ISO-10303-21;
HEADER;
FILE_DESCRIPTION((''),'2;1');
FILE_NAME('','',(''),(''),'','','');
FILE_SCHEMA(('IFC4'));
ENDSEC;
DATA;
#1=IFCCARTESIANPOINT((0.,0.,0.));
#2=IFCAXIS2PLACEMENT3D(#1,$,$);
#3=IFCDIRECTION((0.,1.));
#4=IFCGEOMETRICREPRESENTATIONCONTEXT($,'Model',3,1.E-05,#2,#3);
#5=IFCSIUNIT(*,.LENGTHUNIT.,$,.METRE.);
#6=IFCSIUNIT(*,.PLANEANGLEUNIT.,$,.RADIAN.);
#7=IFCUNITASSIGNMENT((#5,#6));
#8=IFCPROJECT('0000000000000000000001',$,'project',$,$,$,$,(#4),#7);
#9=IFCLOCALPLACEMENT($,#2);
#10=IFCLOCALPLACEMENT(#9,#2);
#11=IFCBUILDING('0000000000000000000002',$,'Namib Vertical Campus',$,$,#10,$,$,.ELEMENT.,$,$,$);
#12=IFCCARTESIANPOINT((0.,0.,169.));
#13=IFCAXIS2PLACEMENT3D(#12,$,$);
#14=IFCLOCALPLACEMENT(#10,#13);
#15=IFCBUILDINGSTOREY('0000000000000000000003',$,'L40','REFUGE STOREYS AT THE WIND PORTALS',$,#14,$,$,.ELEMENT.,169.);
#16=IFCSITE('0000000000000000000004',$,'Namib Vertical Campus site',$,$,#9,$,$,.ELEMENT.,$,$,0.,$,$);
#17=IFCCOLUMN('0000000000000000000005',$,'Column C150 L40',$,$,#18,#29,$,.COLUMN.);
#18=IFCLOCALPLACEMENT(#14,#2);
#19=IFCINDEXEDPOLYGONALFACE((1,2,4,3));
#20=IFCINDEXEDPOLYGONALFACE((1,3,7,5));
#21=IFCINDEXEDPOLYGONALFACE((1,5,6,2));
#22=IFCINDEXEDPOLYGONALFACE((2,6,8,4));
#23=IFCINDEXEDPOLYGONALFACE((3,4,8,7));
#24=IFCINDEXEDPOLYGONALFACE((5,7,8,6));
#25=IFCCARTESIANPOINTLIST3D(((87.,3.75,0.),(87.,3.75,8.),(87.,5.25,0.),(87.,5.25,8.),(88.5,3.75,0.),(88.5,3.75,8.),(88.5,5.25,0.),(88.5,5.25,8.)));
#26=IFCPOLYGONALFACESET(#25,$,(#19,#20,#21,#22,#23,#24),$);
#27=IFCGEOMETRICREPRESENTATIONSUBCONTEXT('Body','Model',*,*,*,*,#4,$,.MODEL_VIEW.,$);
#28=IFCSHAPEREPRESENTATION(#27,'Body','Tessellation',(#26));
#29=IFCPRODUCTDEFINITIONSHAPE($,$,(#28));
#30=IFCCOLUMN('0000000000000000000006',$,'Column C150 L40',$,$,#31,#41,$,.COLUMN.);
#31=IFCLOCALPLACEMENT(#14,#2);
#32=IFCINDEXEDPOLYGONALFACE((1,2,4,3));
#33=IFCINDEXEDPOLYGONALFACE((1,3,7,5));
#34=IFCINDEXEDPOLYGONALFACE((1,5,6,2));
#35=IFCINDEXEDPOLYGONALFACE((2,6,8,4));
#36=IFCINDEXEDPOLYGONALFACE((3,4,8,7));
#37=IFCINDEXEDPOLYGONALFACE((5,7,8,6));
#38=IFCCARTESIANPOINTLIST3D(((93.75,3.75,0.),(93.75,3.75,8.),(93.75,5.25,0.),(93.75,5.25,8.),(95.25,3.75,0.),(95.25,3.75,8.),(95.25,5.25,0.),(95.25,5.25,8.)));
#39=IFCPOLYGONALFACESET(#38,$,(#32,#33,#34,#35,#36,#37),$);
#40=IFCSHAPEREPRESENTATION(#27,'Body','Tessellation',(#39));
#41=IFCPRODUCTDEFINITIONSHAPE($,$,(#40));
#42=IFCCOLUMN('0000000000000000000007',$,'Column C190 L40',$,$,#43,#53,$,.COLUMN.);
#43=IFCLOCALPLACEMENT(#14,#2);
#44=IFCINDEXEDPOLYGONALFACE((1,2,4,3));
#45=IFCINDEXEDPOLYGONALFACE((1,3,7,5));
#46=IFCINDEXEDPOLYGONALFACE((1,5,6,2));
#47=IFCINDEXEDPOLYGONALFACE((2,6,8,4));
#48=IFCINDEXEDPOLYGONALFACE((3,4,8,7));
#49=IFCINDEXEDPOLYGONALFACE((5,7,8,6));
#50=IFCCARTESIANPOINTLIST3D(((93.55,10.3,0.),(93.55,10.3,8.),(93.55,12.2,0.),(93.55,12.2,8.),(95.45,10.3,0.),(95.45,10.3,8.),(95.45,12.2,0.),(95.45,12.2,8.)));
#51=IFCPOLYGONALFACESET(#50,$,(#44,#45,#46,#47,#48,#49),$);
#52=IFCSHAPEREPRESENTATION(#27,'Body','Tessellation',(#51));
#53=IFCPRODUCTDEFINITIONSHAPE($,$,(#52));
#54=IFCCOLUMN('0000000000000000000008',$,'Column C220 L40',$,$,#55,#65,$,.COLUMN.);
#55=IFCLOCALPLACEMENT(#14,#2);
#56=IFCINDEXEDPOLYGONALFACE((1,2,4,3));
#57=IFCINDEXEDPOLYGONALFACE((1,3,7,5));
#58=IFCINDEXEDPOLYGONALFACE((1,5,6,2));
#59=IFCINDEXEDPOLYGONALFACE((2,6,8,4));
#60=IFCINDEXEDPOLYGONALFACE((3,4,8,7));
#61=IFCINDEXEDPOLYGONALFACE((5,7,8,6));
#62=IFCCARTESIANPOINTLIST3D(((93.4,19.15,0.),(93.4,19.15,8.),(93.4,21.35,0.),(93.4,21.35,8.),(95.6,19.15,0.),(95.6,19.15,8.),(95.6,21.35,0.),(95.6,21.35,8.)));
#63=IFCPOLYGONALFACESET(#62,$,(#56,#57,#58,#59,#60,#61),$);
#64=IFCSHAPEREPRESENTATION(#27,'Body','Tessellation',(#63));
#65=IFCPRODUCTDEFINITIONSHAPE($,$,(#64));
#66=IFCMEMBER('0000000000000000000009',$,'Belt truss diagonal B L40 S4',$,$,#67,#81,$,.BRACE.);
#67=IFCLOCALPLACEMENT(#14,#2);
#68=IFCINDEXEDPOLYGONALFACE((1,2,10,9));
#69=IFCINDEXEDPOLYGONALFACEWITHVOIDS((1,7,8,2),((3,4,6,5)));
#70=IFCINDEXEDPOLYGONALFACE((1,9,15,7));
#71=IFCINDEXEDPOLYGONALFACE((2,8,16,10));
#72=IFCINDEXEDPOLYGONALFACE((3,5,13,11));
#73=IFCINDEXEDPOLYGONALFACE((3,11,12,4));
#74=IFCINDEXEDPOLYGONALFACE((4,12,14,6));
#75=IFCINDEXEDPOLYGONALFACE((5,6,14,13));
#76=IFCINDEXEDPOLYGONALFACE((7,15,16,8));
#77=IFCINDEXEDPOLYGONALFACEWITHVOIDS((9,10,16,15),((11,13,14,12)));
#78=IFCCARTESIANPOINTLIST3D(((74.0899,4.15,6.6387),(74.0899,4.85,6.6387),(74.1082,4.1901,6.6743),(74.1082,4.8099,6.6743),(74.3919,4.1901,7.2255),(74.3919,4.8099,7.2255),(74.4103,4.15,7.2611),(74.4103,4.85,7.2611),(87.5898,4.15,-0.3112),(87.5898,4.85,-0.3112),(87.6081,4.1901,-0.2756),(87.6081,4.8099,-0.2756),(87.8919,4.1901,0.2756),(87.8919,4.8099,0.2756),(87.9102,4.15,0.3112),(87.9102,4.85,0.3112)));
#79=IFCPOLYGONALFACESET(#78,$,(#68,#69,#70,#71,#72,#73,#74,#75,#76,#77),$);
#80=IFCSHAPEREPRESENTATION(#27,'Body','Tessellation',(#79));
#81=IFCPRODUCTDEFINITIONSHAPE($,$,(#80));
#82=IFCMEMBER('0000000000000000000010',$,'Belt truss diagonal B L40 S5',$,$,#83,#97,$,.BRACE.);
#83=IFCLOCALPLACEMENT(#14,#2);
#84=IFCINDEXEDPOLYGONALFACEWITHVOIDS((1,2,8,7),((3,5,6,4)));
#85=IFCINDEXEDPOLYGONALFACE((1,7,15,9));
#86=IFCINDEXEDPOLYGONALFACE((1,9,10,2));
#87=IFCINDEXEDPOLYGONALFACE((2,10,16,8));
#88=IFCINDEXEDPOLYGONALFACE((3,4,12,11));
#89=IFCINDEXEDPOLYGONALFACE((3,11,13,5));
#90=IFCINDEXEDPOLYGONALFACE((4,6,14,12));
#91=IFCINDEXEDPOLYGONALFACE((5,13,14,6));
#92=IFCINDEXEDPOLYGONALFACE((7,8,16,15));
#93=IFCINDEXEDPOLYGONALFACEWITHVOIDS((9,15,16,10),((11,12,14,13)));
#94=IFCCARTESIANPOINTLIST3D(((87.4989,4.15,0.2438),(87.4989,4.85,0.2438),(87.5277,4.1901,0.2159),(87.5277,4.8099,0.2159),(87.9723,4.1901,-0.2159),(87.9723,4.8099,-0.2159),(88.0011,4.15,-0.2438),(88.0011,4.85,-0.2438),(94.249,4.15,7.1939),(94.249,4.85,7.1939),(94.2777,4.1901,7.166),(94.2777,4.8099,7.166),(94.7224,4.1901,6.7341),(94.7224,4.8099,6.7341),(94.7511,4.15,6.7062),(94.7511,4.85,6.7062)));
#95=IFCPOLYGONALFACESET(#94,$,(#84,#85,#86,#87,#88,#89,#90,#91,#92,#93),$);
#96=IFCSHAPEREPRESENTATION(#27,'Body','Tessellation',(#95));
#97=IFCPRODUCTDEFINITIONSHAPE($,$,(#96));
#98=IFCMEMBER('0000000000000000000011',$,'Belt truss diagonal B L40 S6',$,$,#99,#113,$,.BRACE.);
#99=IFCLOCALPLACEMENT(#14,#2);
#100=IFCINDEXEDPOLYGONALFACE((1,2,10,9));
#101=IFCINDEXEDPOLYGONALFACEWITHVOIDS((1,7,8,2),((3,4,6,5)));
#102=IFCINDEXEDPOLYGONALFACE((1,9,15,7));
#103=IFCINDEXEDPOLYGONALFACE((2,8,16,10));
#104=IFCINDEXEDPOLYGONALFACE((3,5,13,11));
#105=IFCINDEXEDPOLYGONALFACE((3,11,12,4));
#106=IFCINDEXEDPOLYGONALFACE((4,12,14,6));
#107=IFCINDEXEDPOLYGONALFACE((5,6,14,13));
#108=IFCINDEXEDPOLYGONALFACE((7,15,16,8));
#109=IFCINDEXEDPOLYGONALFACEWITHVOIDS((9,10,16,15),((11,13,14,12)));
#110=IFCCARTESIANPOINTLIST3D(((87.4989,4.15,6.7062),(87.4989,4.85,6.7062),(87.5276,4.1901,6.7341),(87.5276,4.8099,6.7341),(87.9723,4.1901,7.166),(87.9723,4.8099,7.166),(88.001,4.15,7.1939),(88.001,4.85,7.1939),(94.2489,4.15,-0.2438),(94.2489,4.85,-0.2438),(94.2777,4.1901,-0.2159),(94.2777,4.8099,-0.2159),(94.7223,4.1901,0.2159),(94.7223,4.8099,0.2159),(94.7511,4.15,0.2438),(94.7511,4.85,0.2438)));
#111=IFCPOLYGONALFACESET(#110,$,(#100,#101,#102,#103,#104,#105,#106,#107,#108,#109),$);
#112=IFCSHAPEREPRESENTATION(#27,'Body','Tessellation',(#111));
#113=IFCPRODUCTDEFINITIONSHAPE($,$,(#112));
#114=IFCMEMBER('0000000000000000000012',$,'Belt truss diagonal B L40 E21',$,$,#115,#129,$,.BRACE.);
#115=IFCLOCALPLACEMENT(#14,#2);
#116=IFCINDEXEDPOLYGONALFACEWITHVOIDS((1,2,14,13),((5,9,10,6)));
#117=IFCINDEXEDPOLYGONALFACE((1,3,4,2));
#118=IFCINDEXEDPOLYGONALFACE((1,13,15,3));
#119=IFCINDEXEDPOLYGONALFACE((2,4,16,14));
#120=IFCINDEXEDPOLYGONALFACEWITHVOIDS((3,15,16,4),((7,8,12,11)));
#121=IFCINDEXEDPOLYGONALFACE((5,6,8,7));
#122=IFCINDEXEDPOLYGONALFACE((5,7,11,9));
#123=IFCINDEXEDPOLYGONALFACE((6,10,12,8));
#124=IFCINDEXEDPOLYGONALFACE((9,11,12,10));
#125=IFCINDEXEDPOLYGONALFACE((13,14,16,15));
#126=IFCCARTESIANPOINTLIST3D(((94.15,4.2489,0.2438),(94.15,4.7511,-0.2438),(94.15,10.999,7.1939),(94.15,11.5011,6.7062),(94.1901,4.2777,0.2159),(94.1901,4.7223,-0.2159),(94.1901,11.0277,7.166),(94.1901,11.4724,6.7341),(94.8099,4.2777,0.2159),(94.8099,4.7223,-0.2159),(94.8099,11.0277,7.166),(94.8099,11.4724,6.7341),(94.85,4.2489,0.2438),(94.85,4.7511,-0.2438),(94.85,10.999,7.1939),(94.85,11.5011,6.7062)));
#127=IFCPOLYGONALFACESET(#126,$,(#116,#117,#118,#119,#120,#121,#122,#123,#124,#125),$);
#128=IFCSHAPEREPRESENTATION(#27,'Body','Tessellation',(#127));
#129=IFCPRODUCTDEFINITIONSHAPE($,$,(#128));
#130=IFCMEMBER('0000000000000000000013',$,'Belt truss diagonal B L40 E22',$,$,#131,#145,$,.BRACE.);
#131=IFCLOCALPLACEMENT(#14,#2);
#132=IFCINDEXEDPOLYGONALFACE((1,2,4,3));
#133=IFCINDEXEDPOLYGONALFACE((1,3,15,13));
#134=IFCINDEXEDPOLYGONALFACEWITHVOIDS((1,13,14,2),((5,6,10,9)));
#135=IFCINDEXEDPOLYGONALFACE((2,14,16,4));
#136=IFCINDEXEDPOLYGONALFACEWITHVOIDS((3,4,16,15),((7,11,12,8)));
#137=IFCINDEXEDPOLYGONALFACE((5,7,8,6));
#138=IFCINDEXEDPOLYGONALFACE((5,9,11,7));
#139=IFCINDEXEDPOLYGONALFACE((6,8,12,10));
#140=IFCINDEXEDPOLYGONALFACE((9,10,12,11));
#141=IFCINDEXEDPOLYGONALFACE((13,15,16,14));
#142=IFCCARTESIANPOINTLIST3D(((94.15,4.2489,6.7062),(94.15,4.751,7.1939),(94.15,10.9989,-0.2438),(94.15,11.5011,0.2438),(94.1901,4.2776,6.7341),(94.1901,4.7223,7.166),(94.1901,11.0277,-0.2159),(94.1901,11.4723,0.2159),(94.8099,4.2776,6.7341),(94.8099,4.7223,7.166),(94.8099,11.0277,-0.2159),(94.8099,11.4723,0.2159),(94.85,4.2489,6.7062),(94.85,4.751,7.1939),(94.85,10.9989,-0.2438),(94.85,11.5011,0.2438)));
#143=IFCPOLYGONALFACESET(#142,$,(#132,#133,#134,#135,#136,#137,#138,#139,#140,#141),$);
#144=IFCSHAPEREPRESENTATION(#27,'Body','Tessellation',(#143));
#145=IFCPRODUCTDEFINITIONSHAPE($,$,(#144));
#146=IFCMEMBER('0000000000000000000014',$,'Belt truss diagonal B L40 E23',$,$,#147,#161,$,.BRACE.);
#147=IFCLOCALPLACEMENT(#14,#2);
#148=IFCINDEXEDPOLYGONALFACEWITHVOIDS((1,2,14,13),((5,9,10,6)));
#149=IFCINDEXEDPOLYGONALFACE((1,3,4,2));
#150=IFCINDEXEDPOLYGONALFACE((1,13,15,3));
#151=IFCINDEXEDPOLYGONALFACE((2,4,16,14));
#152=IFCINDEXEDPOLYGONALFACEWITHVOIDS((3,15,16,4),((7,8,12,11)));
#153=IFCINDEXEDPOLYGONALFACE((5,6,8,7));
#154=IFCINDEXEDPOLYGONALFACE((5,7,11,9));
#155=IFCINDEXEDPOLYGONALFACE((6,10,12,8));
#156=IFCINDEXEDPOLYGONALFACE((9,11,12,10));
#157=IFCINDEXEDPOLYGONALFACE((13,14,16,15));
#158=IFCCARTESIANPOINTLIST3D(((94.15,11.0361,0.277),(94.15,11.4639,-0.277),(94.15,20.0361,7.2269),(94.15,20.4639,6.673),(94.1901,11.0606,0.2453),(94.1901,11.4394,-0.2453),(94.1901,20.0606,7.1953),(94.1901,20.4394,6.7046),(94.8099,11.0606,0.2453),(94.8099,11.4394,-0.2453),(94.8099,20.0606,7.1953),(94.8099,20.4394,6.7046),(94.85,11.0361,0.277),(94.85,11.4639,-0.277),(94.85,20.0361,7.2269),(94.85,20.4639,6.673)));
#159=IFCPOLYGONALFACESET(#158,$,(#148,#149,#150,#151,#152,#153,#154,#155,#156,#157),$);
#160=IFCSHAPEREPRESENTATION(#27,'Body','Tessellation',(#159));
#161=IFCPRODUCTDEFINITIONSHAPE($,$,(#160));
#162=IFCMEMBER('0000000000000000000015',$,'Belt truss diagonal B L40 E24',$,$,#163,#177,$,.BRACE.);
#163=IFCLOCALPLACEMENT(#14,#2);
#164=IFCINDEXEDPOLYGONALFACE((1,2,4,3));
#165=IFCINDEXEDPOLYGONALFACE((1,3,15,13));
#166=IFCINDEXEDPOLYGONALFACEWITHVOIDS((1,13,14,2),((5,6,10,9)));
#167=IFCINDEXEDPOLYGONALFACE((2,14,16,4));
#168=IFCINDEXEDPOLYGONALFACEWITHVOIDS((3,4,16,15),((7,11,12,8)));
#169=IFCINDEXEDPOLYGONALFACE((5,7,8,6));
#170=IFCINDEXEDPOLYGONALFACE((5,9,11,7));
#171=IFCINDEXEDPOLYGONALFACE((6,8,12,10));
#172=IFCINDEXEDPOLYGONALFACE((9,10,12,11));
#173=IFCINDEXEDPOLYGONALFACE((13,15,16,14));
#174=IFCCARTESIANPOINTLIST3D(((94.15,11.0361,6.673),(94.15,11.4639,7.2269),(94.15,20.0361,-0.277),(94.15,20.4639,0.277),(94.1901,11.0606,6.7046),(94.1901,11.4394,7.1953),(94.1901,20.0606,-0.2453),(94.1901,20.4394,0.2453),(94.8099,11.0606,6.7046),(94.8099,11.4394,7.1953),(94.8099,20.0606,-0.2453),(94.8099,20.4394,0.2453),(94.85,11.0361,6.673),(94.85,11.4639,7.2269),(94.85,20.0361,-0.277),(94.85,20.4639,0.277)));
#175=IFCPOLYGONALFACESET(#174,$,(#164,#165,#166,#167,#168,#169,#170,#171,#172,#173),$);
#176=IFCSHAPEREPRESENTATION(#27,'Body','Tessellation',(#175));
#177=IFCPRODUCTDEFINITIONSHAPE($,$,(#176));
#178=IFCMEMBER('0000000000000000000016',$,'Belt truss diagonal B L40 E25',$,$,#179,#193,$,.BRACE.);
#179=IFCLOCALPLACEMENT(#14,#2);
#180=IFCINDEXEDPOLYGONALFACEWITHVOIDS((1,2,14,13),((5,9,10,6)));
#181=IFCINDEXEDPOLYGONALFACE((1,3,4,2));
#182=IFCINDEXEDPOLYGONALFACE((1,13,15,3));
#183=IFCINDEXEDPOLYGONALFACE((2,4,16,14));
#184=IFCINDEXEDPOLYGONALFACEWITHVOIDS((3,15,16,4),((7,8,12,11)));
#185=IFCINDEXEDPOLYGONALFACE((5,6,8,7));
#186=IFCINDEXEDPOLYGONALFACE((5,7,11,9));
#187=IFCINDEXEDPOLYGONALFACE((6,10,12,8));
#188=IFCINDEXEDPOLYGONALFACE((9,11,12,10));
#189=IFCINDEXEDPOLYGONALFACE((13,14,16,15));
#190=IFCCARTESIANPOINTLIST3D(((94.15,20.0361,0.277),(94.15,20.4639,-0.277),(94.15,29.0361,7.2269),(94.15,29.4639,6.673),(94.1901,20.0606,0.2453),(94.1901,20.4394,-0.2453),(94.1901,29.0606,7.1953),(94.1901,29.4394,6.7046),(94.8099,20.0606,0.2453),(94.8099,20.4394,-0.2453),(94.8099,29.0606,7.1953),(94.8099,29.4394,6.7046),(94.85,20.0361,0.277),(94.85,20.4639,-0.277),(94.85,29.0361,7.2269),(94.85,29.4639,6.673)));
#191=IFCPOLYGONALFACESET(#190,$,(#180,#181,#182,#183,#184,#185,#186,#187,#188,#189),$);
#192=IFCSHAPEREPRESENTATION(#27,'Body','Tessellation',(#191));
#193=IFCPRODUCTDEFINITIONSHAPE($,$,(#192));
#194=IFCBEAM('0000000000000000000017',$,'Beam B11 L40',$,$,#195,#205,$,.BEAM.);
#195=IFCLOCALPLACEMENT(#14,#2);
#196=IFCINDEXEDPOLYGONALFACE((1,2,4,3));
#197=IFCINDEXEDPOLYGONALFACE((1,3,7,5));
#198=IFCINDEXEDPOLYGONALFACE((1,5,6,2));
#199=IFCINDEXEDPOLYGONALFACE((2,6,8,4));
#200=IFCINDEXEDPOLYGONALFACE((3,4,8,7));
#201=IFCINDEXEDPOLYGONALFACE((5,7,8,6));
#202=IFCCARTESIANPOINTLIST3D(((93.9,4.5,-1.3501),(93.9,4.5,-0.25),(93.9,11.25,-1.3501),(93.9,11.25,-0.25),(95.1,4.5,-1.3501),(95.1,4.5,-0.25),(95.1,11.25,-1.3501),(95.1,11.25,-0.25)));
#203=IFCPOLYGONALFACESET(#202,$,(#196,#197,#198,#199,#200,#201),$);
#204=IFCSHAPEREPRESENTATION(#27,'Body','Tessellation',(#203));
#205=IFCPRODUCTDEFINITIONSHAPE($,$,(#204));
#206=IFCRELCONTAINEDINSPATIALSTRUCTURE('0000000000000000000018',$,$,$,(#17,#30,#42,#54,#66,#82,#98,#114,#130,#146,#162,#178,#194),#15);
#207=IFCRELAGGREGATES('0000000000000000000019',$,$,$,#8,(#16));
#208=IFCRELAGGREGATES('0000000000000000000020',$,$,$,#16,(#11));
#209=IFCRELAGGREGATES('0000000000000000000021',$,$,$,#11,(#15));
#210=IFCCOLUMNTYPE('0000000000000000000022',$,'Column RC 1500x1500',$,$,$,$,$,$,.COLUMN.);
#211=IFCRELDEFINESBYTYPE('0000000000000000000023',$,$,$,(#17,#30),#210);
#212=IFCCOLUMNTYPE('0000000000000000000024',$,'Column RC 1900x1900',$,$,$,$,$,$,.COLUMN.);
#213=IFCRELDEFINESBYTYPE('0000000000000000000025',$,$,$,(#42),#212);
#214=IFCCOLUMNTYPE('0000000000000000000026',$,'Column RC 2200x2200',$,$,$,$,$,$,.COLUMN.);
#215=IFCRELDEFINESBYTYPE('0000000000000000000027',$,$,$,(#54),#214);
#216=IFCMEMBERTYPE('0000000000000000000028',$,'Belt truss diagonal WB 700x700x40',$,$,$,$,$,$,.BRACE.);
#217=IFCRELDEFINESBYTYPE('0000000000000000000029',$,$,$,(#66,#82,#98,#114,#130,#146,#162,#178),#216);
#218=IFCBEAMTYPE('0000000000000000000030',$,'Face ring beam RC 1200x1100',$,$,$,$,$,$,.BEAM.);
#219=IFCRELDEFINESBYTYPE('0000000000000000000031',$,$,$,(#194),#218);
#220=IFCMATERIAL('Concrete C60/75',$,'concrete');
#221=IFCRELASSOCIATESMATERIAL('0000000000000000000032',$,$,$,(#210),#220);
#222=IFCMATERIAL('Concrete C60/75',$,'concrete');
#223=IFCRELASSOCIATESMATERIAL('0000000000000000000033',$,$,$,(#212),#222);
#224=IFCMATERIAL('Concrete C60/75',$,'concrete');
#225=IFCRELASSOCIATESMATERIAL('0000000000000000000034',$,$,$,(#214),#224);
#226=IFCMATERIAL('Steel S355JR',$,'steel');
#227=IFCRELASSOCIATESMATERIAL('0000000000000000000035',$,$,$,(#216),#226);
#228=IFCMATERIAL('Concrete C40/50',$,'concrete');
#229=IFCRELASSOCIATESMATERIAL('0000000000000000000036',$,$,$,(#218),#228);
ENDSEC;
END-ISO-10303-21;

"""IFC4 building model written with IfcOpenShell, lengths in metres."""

from ifc_helpers import new_model, si_unit, direction, frame, origin, origin_2d, place, context, subcontext, project, spatial, rectangle, hollow_rectangle, extrude, material, material_profile, profile_set, type_object, element, save


model = new_model("IFC4")

# Units and contexts
model_context = context("Model", 3, precision=1e-05, world=origin(), true_north=direction((0.0, 1.0)))
body_context = subcontext(model_context, "Body", "Model", "MODEL_VIEW")
ifc_project = project(units=[si_unit("LENGTHUNIT", "METRE"), si_unit("PLANEANGLEUNIT", "RADIAN")], contexts=[model_context])

# Site, building, storey
site_placement = place(None, origin())
site = spatial("IfcSite", under=ifc_project, at=site_placement, Name="Namib Vertical Campus site", CompositionType="ELEMENT", RefElevation=0.0)
building_placement = place(site_placement, origin())
building = spatial("IfcBuilding", under=site, at=building_placement, Name="Namib Vertical Campus", CompositionType="ELEMENT")
storey_placement = place(building_placement, frame((0.0, 0.0, 169.0)))
storey = spatial("IfcBuildingStorey", under=building, at=storey_placement, Name="L40", Description="REFUGE STOREYS AT THE WIND PORTALS", CompositionType="ELEMENT", Elevation=169.0)

# Columns
ifc_material_1 = material(Name="Concrete C60/75", Category="concrete")
ifc_material_profile_1 = material_profile(ifc_material_1, rectangle(XDim=1.5, YDim=1.5, at=origin_2d()))
ifc_profile_set_1 = profile_set([ifc_material_profile_1], Name="Concrete C60/75")
column_type_1 = type_object("IfcColumnType", Name="Column RC 1500x1500", PredefinedType="COLUMN", material=ifc_profile_set_1)
for number, where, z_axis, x_axis, name in (
    (1, (87.75, 4.5, 0.0), (0.0, 0.0, 1.0), (1.0, 0.0, 0.0), "Column C150 L40"),
    (2, (94.5, 4.5, 0.0), (0.0, 0.0, 1.0), (1.0, 0.0, 0.0), "Column C150 L40"),
):
    element("IfcColumn", number, at=place(storey_placement, frame(where, z_axis=z_axis, x_axis=x_axis)), inside=storey, type_object=column_type_1, Name=name, PredefinedType="COLUMN", context=body_context, shape_type="SweptSolid", body=[
        extrude(rectangle(XDim=1.5, YDim=1.5, at=origin_2d()), origin(), (0.0, 0.0, 1.0), 8.0),
    ])
ifc_material_2 = material(Name="Concrete C60/75", Category="concrete")
ifc_material_profile_2 = material_profile(ifc_material_2, rectangle(XDim=1.8999, YDim=1.8999, at=origin_2d()))
ifc_profile_set_2 = profile_set([ifc_material_profile_2], Name="Concrete C60/75")
column_type_2 = type_object("IfcColumnType", Name="Column RC 1900x1900", PredefinedType="COLUMN", material=ifc_profile_set_2)
column_1_placement = place(storey_placement, frame((94.5, 11.25, 0.0), z_axis=(0.0, 0.0, 1.0), x_axis=(1.0, 0.0, 0.0)))
element("IfcColumn", 3, at=column_1_placement, inside=storey, type_object=column_type_2, Name="Column C190 L40", PredefinedType="COLUMN", context=body_context, shape_type="SweptSolid", body=[
    extrude(rectangle(XDim=1.8999, YDim=1.8999, at=origin_2d()), origin(), (0.0, 0.0, 1.0), 8.0),
])
ifc_material_3 = material(Name="Concrete C60/75", Category="concrete")
ifc_material_profile_3 = material_profile(ifc_material_3, rectangle(XDim=2.2, YDim=2.2, at=origin_2d()))
ifc_profile_set_3 = profile_set([ifc_material_profile_3], Name="Concrete C60/75")
column_type_3 = type_object("IfcColumnType", Name="Column RC 2200x2200", PredefinedType="COLUMN", material=ifc_profile_set_3)
column_2_placement = place(storey_placement, frame((94.5, 20.25, 0.0), z_axis=(0.0, 0.0, 1.0), x_axis=(1.0, 0.0, 0.0)))
element("IfcColumn", 4, at=column_2_placement, inside=storey, type_object=column_type_3, Name="Column C220 L40", PredefinedType="COLUMN", context=body_context, shape_type="SweptSolid", body=[
    extrude(rectangle(XDim=2.2, YDim=2.2, at=origin_2d()), origin(), (0.0, 0.0, 1.0), 8.0),
])

# Members
ifc_material_4 = material(Name="Steel S355JR", Category="steel")
ifc_material_profile_4 = material_profile(ifc_material_4, hollow_rectangle(XDim=0.7, YDim=0.7, WallThickness=0.04, at=origin_2d()))
ifc_profile_set_4 = profile_set([ifc_material_profile_4], Name="Steel S355JR")
member_type = type_object("IfcMemberType", Name="Belt truss diagonal WB 700x700x40", PredefinedType="BRACE", material=ifc_profile_set_4)
member_placement = place(storey_placement, frame((87.75, 4.5, 0.0), z_axis=(-0.889098, 0.0, 0.457717), x_axis=(0.0, -1.0, 0.0)))
element("IfcMember", 5, at=member_placement, inside=storey, type_object=member_type, Name="Belt truss diagonal B L40 S4", PredefinedType="BRACE", context=body_context, shape_type="SweptSolid", body=[
    extrude(hollow_rectangle(XDim=0.7, YDim=0.7, WallThickness=0.04, at=origin_2d()), origin(), (0.0, 0.0, 1.0), 15.1838),
])
for number, where, z_axis, x_axis, name in (
    (6, (87.75, 4.5, 0.0), (0.696712, 0.0, 0.717351), (0.0, 1.0, 0.0), "Belt truss diagonal B L40 S5"),
    (7, (94.5, 4.5, 0.0), (-0.696712, 0.0, 0.717351), (0.0, -1.0, 0.0), "Belt truss diagonal B L40 S6"),
    (8, (94.5, 4.5, 0.0), (0.0, 0.696712, 0.717351), (-1.0, 0.0, 0.0), "Belt truss diagonal B L40 E21"),
    (9, (94.5, 11.25, 0.0), (0.0, -0.696712, 0.717351), (1.0, 0.0, 0.0), "Belt truss diagonal B L40 E22"),
):
    element("IfcMember", number, at=place(storey_placement, frame(where, z_axis=z_axis, x_axis=x_axis)), inside=storey, type_object=member_type, Name=name, PredefinedType="BRACE", context=body_context, shape_type="SweptSolid", body=[
        extrude(hollow_rectangle(XDim=0.7, YDim=0.7, WallThickness=0.04, at=origin_2d()), origin(), (0.0, 0.0, 1.0), 9.6885),
    ])
for number, where, z_axis, x_axis, name in (
    (10, (94.5, 11.25, 0.0), (0.0, 0.79148, 0.611194), (-1.0, 0.0, 0.0), "Belt truss diagonal B L40 E23"),
    (11, (94.5, 20.25, 0.0), (0.0, -0.79148, 0.611194), (1.0, 0.0, 0.0), "Belt truss diagonal B L40 E24"),
    (12, (94.5, 20.25, 0.0), (0.0, 0.79148, 0.611194), (-1.0, 0.0, 0.0), "Belt truss diagonal B L40 E25"),
):
    element("IfcMember", number, at=place(storey_placement, frame(where, z_axis=z_axis, x_axis=x_axis)), inside=storey, type_object=member_type, Name=name, PredefinedType="BRACE", context=body_context, shape_type="SweptSolid", body=[
        extrude(hollow_rectangle(XDim=0.7, YDim=0.7, WallThickness=0.04, at=origin_2d()), origin(), (0.0, 0.0, 1.0), 11.3711),
    ])

# Beam
ifc_material_5 = material(Name="Concrete C40/50", Category="concrete")
ifc_material_profile_5 = material_profile(ifc_material_5, rectangle(XDim=1.2, YDim=1.1001, at=origin_2d()))
ifc_profile_set_5 = profile_set([ifc_material_profile_5], Name="Concrete C40/50")
beam_type_1 = type_object("IfcBeamType", Name="Face ring beam RC 1200x1100", PredefinedType="BEAM", material=ifc_profile_set_5)
beam_1_placement = place(storey_placement, frame((94.5, 4.5, -0.8), z_axis=(0.0, 1.0, 0.0), x_axis=(-1.0, 0.0, 0.0)))
element("IfcBeam", 13, at=beam_1_placement, inside=storey, type_object=beam_type_1, Name="Beam B11 L40", PredefinedType="BEAM", context=body_context, shape_type="SweptSolid", body=[
    extrude(rectangle(XDim=1.2, YDim=1.1001, at=origin_2d()), origin(), (0.0, 0.0, 1.0), 6.75),
])

save(model, "model.ifc")
